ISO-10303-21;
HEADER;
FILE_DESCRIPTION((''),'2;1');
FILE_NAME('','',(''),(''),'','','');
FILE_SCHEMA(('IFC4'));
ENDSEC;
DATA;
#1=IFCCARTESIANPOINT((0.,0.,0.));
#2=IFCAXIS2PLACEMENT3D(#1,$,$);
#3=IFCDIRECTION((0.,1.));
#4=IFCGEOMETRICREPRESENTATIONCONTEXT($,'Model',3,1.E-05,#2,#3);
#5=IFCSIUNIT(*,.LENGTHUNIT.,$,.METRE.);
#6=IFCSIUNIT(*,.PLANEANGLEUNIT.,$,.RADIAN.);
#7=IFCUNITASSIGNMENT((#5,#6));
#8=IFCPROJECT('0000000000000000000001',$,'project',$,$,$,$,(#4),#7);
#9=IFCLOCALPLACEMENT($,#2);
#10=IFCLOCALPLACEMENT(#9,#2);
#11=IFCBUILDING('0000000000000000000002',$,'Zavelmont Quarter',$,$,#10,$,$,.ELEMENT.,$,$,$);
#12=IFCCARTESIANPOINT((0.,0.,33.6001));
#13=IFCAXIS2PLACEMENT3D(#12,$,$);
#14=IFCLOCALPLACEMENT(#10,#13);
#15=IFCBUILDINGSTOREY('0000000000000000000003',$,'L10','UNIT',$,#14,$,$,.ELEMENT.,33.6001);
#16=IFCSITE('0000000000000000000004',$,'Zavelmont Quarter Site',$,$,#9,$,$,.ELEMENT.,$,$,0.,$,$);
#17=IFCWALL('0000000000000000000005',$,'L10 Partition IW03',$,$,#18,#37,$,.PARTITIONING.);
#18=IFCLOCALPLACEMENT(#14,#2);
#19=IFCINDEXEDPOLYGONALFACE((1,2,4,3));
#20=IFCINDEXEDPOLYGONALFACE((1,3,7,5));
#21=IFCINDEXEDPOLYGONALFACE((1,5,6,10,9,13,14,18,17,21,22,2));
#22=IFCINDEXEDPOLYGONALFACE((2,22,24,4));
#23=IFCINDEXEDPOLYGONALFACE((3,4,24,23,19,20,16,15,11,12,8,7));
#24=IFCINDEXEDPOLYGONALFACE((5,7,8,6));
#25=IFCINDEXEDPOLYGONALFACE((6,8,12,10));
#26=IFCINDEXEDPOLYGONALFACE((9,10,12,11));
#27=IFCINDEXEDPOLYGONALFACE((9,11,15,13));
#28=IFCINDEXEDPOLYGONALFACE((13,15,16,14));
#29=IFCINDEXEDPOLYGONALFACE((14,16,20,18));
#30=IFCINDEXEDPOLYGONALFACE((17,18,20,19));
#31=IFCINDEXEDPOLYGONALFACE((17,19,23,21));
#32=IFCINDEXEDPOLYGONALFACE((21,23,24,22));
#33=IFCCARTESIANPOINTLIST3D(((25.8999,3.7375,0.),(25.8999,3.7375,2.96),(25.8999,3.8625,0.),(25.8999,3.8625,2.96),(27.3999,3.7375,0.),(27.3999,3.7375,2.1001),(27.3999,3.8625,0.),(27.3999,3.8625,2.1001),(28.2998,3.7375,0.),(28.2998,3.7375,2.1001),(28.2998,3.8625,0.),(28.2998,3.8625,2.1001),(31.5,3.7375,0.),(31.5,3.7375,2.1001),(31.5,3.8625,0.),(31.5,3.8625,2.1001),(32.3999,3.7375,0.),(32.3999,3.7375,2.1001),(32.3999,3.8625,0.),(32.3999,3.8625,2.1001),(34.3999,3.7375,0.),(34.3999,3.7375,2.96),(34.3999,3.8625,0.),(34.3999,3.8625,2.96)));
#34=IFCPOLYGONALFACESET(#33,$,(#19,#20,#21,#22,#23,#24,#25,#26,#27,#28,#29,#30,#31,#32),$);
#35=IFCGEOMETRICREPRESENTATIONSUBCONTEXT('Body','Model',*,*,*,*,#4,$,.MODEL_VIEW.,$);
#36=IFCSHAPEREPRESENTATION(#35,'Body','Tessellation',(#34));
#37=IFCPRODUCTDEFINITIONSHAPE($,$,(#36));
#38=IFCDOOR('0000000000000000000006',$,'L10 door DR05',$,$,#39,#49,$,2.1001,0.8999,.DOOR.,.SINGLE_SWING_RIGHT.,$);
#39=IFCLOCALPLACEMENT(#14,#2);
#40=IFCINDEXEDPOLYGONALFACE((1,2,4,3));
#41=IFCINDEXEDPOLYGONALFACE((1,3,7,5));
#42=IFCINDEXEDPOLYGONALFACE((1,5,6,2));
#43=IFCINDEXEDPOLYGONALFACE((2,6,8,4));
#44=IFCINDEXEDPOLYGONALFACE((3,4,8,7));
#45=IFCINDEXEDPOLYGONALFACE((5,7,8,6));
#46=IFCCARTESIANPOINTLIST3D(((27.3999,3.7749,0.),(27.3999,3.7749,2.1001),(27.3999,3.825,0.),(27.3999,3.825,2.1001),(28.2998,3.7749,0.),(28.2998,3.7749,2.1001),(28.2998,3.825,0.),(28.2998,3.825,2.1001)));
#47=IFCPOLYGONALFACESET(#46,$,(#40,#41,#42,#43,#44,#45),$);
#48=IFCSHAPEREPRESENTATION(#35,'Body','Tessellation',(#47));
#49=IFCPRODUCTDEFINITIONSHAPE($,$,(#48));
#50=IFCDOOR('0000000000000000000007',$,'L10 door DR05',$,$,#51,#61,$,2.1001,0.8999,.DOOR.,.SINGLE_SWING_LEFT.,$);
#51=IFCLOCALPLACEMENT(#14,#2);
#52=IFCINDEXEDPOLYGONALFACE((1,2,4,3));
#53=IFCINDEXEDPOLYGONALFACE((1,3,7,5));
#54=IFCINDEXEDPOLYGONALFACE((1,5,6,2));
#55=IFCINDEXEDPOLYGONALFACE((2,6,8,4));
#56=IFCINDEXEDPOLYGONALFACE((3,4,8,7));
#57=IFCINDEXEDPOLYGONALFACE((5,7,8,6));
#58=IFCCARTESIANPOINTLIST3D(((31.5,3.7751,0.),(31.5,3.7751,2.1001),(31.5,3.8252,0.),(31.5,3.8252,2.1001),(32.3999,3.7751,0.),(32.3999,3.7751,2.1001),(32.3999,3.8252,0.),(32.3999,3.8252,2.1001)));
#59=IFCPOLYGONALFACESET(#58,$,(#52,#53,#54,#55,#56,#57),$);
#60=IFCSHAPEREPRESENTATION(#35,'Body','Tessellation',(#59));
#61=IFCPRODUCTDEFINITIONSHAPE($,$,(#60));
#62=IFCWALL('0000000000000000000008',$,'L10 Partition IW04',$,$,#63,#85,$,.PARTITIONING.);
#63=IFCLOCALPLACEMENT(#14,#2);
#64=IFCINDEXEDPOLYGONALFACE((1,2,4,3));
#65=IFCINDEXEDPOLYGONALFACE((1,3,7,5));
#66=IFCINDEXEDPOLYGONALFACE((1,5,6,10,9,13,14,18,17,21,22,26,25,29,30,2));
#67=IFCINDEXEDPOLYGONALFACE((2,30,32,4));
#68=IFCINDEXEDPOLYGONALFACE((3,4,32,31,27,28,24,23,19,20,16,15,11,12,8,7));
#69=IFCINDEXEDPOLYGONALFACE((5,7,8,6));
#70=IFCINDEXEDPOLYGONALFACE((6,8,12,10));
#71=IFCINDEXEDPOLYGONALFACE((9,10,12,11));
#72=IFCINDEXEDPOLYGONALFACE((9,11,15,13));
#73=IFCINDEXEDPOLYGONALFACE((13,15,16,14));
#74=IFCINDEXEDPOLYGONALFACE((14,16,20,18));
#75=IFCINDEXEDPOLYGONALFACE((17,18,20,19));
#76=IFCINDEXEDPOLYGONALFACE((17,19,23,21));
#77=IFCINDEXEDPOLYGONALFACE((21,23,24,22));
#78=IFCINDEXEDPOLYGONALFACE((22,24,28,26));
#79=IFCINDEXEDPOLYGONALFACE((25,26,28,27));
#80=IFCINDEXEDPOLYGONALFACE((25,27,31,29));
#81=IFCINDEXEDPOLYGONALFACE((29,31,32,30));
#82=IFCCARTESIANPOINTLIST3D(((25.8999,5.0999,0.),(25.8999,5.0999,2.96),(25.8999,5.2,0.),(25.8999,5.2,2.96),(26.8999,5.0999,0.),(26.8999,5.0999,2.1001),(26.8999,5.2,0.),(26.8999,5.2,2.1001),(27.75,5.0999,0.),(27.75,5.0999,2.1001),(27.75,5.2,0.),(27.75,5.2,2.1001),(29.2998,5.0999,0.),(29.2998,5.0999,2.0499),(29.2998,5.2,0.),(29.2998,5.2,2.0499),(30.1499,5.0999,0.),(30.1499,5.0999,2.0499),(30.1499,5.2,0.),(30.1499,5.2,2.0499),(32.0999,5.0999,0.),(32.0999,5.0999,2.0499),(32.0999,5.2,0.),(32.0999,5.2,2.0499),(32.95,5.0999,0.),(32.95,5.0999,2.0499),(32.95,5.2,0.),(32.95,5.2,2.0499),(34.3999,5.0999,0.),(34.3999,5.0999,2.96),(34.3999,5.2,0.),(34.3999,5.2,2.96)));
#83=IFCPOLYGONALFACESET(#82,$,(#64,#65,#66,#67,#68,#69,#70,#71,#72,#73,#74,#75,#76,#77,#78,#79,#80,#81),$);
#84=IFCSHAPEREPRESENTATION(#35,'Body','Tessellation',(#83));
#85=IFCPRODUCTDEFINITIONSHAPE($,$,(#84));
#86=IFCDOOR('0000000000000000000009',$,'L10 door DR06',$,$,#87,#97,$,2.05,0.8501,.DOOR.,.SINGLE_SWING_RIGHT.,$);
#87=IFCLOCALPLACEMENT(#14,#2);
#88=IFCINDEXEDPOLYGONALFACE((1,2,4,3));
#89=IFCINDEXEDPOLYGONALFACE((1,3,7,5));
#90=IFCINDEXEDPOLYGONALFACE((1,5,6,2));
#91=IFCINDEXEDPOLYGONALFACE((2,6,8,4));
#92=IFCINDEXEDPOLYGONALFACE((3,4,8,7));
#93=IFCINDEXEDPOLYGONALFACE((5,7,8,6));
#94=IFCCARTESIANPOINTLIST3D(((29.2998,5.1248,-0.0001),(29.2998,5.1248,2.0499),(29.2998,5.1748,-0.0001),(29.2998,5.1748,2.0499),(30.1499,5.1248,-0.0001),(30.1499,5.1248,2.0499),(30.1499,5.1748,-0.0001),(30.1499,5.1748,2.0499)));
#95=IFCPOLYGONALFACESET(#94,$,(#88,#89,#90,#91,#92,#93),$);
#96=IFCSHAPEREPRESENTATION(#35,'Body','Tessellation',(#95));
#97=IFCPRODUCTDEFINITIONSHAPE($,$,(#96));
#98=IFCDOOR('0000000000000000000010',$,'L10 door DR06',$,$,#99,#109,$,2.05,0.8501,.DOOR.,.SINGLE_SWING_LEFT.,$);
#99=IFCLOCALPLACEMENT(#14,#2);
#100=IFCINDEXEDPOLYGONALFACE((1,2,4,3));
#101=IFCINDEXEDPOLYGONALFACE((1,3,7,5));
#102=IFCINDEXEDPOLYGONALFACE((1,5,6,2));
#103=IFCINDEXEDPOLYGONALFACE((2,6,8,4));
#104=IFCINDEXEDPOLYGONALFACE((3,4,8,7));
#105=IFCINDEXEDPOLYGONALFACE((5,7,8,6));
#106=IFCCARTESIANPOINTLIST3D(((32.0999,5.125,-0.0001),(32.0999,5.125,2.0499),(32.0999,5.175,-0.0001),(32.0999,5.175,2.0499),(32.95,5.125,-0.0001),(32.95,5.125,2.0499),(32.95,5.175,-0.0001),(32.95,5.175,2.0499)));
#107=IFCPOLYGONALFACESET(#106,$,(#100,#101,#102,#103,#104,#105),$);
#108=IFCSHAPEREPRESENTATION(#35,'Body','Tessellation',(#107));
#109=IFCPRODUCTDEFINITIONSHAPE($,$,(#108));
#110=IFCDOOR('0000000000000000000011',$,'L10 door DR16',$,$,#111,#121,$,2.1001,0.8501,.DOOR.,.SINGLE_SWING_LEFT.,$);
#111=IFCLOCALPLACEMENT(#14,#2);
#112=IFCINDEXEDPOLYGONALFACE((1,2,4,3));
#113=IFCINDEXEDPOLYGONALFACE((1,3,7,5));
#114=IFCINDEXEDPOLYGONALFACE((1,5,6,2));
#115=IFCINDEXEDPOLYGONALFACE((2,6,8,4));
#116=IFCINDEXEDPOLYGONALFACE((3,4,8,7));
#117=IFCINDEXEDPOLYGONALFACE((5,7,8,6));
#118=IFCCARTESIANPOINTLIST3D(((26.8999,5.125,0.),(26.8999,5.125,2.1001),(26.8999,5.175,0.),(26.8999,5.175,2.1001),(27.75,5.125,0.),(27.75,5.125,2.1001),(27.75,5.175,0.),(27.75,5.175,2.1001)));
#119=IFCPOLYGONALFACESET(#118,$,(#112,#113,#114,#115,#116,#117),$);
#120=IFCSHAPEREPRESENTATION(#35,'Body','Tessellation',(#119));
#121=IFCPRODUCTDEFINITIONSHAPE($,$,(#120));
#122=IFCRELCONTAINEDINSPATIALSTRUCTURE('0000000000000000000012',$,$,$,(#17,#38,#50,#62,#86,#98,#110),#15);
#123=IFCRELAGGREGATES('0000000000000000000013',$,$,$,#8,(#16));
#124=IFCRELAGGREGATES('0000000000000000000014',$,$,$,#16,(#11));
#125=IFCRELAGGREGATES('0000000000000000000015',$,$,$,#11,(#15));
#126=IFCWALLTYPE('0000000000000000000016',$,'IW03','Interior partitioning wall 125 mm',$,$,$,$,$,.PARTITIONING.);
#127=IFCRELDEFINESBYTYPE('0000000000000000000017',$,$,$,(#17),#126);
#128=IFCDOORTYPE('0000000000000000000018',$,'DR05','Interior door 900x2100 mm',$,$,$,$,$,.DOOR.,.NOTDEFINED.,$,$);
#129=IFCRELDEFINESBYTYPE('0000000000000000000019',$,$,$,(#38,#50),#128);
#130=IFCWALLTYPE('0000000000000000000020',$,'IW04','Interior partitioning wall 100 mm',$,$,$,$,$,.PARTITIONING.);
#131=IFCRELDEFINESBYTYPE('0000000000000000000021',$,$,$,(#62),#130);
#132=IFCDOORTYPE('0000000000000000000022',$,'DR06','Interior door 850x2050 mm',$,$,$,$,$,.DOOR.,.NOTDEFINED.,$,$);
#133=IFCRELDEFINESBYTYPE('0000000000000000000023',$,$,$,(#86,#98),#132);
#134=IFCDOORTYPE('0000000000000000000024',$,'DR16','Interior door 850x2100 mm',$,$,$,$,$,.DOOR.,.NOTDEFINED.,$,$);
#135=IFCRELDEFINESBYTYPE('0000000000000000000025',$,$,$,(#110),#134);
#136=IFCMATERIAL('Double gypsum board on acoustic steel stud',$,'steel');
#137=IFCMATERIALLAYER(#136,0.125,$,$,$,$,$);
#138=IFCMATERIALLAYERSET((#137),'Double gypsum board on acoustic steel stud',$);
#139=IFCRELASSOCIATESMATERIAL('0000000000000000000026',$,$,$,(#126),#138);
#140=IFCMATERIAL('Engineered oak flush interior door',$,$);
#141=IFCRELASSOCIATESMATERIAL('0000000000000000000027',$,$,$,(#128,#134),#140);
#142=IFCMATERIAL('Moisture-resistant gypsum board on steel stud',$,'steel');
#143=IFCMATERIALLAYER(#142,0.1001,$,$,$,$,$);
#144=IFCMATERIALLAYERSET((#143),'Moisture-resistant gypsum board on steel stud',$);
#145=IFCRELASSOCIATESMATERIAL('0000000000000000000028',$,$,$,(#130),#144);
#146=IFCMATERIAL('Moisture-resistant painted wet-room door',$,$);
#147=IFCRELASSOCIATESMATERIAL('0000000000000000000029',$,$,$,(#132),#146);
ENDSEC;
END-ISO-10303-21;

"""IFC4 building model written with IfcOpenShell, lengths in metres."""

from ifc_helpers import new_model, si_unit, direction, frame, frame_2d, origin, origin_with_axes, place, context, subcontext, project, spatial, rectangle, extrude, material, layer, layer_set, type_object, element, fill, save


model = new_model("IFC4")

# Units and contexts
model_context = context("Model", 3, precision=1e-05, world=origin(), true_north=direction((0.0, 1.0)))
body_context = subcontext(model_context, "Body", "Model", "MODEL_VIEW")
ifc_project = project(units=[si_unit("LENGTHUNIT", "METRE"), si_unit("PLANEANGLEUNIT", "RADIAN")], contexts=[model_context])

# Site, building, storey
site_placement = place(None, origin())
site = spatial("IfcSite", under=ifc_project, at=site_placement, Name="Zavelmont Quarter Site", CompositionType="ELEMENT", RefElevation=0.0)
building_placement = place(site_placement, origin())
building = spatial("IfcBuilding", under=site, at=building_placement, Name="Zavelmont Quarter", CompositionType="ELEMENT")
storey_placement = place(building_placement, frame((0.0, 0.0, 33.6001)))
storey = spatial("IfcBuildingStorey", under=building, at=storey_placement, Name="L10", Description="UNIT", CompositionType="ELEMENT", Elevation=33.6001)

# Shared definitions
ifc_material_1 = material(Name="Double gypsum board on acoustic steel stud", Category="steel")
ifc_layer_1 = layer(ifc_material_1, 0.125)
ifc_layer_set_1 = layer_set([ifc_layer_1], Name="Double gypsum board on acoustic steel stud")
wall_type_1 = type_object("IfcWallType", Name="IW03", Description="Interior partitioning wall 125 mm", PredefinedType="PARTITIONING", material=ifc_layer_set_1)
ifc_material_2 = material(Name="Engineered oak flush interior door")
door_type_1 = type_object("IfcDoorType", Name="DR05", Description="Interior door 900x2100 mm", OperationType="NOTDEFINED", PredefinedType="DOOR", material=ifc_material_2)

# Walls, openings, doors
wall_1_placement = place(storey_placement, frame((25.8999, 3.8, 0.0), z_axis=(0.0, 0.0, 1.0), x_axis=(1.0, 0.0, 0.0)))
wall_1 = element("IfcWall", 1, at=wall_1_placement, inside=storey, type_object=wall_type_1, Name="L10 Partition IW03", PredefinedType="PARTITIONING", context=body_context, shape_type="SweptSolid", body=[
    extrude(rectangle(XDim=8.5, YDim=0.125, at=frame_2d((4.25, 0.0))), origin(), (0.0, 0.0, 1.0), 2.96),
])
opening_1_placement = place(wall_1_placement, frame((1.5, 0.0, 0.0)))
opening_1 = element("IfcOpeningElement", 2, at=opening_1_placement, cuts=wall_1, PredefinedType="OPENING", context=body_context, shape_type="SweptSolid", body=[
    extrude(rectangle(XDim=0.8999, YDim=2.1001, at=frame_2d((0.45, 1.05))), frame((0.0, 0.0745, 0.0), z_axis=(0.0, -1.0, 0.0), x_axis=(1.0, 0.0, 0.0)), (0.0, 0.0, 1.0), 0.1489),
])
opening_2_placement = place(wall_1_placement, frame((5.6001, 0.0, 0.0)))
opening_2 = element("IfcOpeningElement", 3, at=opening_2_placement, cuts=wall_1, PredefinedType="OPENING", context=body_context, shape_type="SweptSolid", body=[
    extrude(rectangle(XDim=0.8999, YDim=2.1001, at=frame_2d((0.45, 1.05))), frame((0.0, 0.0745, 0.0), z_axis=(0.0, -1.0, 0.0), x_axis=(1.0, 0.0, 0.0)), (0.0, 0.0, 1.0), 0.1489),
])
door_1_placement = place(opening_1_placement, origin_with_axes())
door_1 = element("IfcDoor", 4, at=door_1_placement, inside=storey, type_object=door_type_1, Name="L10 door DR05", OperationType="SINGLE_SWING_RIGHT", OverallHeight=2.1001, OverallWidth=0.8999, PredefinedType="DOOR", context=body_context, shape_type="SweptSolid", body=[
    extrude(rectangle(XDim=0.8999, YDim=2.1001, at=frame_2d((0.45, 1.05))), frame((0.0, 0.0249, 0.0), z_axis=(0.0, -1.0, 0.0), x_axis=(1.0, 0.0, 0.0)), (0.0, 0.0, 1.0), 0.05),
])
fill(opening_1, door_1)
door_2_placement = place(opening_2_placement, frame((0.8999, 0.0, 0.0), z_axis=(0.0, 0.0, 1.0), x_axis=(-1.0, 0.0, 0.0)))
door_2 = element("IfcDoor", 5, at=door_2_placement, inside=storey, type_object=door_type_1, Name="L10 door DR05", OperationType="SINGLE_SWING_LEFT", OverallHeight=2.1001, OverallWidth=0.8999, PredefinedType="DOOR", context=body_context, shape_type="SweptSolid", body=[
    extrude(rectangle(XDim=0.8999, YDim=2.1001, at=frame_2d((0.45, 1.05))), frame((0.0, 0.0249, 0.0), z_axis=(0.0, -1.0, 0.0), x_axis=(1.0, 0.0, 0.0)), (0.0, 0.0, 1.0), 0.05),
])
fill(opening_2, door_2)
ifc_material_3 = material(Name="Moisture-resistant gypsum board on steel stud", Category="steel")
ifc_layer_2 = layer(ifc_material_3, 0.1001)
ifc_layer_set_2 = layer_set([ifc_layer_2], Name="Moisture-resistant gypsum board on steel stud")
wall_type_2 = type_object("IfcWallType", Name="IW04", Description="Interior partitioning wall 100 mm", PredefinedType="PARTITIONING", material=ifc_layer_set_2)
wall_2_placement = place(storey_placement, frame((25.8999, 5.1499, 0.0), z_axis=(0.0, 0.0, 1.0), x_axis=(1.0, 0.0, 0.0)))
wall_2 = element("IfcWall", 6, at=wall_2_placement, inside=storey, type_object=wall_type_2, Name="L10 Partition IW04", PredefinedType="PARTITIONING", context=body_context, shape_type="SweptSolid", body=[
    extrude(rectangle(XDim=8.5, YDim=0.1001, at=frame_2d((4.25, 0.0))), origin(), (0.0, 0.0, 1.0), 2.96),
])
opening_3_placement = place(wall_2_placement, frame((1.0, 0.0, 0.0)))
opening_3 = element("IfcOpeningElement", 7, at=opening_3_placement, cuts=wall_2, PredefinedType="OPENING", context=body_context, shape_type="SweptSolid", body=[
    extrude(rectangle(XDim=0.8501, YDim=2.1001, at=frame_2d((0.425, 1.05))), frame((0.0, 0.062, 0.0), z_axis=(0.0, -1.0, 0.0), x_axis=(1.0, 0.0, 0.0)), (0.0, 0.0, 1.0), 0.124),
])
opening_4_placement = place(wall_2_placement, frame((3.3999, 0.0, 0.0)))
opening_4 = element("IfcOpeningElement", 8, at=opening_4_placement, cuts=wall_2, PredefinedType="OPENING", context=body_context, shape_type="SweptSolid", body=[
    extrude(rectangle(XDim=0.8501, YDim=2.05, at=frame_2d((0.425, 1.0249))), frame((0.0, 0.062, 0.0), z_axis=(0.0, -1.0, 0.0), x_axis=(1.0, 0.0, 0.0)), (0.0, 0.0, 1.0), 0.124),
])
opening_5_placement = place(wall_2_placement, frame((6.2, 0.0, 0.0)))
opening_5 = element("IfcOpeningElement", 9, at=opening_5_placement, cuts=wall_2, PredefinedType="OPENING", context=body_context, shape_type="SweptSolid", body=[
    extrude(rectangle(XDim=0.8501, YDim=2.05, at=frame_2d((0.425, 1.0249))), frame((0.0, 0.062, 0.0), z_axis=(0.0, -1.0, 0.0), x_axis=(1.0, 0.0, 0.0)), (0.0, 0.0, 1.0), 0.124),
])
ifc_material_4 = material(Name="Moisture-resistant painted wet-room door")
door_type_2 = type_object("IfcDoorType", Name="DR06", Description="Interior door 850x2050 mm", OperationType="NOTDEFINED", PredefinedType="DOOR", material=ifc_material_4)
door_3_placement = place(opening_4_placement, origin_with_axes())
door_3 = element("IfcDoor", 10, at=door_3_placement, inside=storey, type_object=door_type_2, Name="L10 door DR06", OperationType="SINGLE_SWING_RIGHT", OverallHeight=2.05, OverallWidth=0.8501, PredefinedType="DOOR", context=body_context, shape_type="SweptSolid", body=[
    extrude(rectangle(XDim=0.8501, YDim=2.05, at=frame_2d((0.425, 1.0249))), frame((0.0, 0.0249, 0.0), z_axis=(0.0, -1.0, 0.0), x_axis=(1.0, 0.0, 0.0)), (0.0, 0.0, 1.0), 0.05),
])
fill(opening_4, door_3)
door_4_placement = place(opening_5_placement, frame((0.8501, 0.0, 0.0), z_axis=(0.0, 0.0, 1.0), x_axis=(-1.0, 0.0, 0.0)))
door_4 = element("IfcDoor", 11, at=door_4_placement, inside=storey, type_object=door_type_2, Name="L10 door DR06", OperationType="SINGLE_SWING_LEFT", OverallHeight=2.05, OverallWidth=0.8501, PredefinedType="DOOR", context=body_context, shape_type="SweptSolid", body=[
    extrude(rectangle(XDim=0.8501, YDim=2.05, at=frame_2d((0.425, 1.0249))), frame((0.0, 0.0249, 0.0), z_axis=(0.0, -1.0, 0.0), x_axis=(1.0, 0.0, 0.0)), (0.0, 0.0, 1.0), 0.05),
])
fill(opening_5, door_4)
door_type_3 = type_object("IfcDoorType", Name="DR16", Description="Interior door 850x2100 mm", OperationType="NOTDEFINED", PredefinedType="DOOR", material=ifc_material_2)
door_5_placement = place(opening_3_placement, frame((0.8501, 0.0, 0.0), z_axis=(0.0, 0.0, 1.0), x_axis=(-1.0, 0.0, 0.0)))
door_5 = element("IfcDoor", 12, at=door_5_placement, inside=storey, type_object=door_type_3, Name="L10 door DR16", OperationType="SINGLE_SWING_LEFT", OverallHeight=2.1001, OverallWidth=0.8501, PredefinedType="DOOR", context=body_context, shape_type="SweptSolid", body=[
    extrude(rectangle(XDim=0.8501, YDim=2.1001, at=frame_2d((0.425, 1.05))), frame((0.0, 0.0249, 0.0), z_axis=(0.0, -1.0, 0.0), x_axis=(1.0, 0.0, 0.0)), (0.0, 0.0, 1.0), 0.05),
])
fill(opening_3, door_5)

save(model, "model.ifc")
